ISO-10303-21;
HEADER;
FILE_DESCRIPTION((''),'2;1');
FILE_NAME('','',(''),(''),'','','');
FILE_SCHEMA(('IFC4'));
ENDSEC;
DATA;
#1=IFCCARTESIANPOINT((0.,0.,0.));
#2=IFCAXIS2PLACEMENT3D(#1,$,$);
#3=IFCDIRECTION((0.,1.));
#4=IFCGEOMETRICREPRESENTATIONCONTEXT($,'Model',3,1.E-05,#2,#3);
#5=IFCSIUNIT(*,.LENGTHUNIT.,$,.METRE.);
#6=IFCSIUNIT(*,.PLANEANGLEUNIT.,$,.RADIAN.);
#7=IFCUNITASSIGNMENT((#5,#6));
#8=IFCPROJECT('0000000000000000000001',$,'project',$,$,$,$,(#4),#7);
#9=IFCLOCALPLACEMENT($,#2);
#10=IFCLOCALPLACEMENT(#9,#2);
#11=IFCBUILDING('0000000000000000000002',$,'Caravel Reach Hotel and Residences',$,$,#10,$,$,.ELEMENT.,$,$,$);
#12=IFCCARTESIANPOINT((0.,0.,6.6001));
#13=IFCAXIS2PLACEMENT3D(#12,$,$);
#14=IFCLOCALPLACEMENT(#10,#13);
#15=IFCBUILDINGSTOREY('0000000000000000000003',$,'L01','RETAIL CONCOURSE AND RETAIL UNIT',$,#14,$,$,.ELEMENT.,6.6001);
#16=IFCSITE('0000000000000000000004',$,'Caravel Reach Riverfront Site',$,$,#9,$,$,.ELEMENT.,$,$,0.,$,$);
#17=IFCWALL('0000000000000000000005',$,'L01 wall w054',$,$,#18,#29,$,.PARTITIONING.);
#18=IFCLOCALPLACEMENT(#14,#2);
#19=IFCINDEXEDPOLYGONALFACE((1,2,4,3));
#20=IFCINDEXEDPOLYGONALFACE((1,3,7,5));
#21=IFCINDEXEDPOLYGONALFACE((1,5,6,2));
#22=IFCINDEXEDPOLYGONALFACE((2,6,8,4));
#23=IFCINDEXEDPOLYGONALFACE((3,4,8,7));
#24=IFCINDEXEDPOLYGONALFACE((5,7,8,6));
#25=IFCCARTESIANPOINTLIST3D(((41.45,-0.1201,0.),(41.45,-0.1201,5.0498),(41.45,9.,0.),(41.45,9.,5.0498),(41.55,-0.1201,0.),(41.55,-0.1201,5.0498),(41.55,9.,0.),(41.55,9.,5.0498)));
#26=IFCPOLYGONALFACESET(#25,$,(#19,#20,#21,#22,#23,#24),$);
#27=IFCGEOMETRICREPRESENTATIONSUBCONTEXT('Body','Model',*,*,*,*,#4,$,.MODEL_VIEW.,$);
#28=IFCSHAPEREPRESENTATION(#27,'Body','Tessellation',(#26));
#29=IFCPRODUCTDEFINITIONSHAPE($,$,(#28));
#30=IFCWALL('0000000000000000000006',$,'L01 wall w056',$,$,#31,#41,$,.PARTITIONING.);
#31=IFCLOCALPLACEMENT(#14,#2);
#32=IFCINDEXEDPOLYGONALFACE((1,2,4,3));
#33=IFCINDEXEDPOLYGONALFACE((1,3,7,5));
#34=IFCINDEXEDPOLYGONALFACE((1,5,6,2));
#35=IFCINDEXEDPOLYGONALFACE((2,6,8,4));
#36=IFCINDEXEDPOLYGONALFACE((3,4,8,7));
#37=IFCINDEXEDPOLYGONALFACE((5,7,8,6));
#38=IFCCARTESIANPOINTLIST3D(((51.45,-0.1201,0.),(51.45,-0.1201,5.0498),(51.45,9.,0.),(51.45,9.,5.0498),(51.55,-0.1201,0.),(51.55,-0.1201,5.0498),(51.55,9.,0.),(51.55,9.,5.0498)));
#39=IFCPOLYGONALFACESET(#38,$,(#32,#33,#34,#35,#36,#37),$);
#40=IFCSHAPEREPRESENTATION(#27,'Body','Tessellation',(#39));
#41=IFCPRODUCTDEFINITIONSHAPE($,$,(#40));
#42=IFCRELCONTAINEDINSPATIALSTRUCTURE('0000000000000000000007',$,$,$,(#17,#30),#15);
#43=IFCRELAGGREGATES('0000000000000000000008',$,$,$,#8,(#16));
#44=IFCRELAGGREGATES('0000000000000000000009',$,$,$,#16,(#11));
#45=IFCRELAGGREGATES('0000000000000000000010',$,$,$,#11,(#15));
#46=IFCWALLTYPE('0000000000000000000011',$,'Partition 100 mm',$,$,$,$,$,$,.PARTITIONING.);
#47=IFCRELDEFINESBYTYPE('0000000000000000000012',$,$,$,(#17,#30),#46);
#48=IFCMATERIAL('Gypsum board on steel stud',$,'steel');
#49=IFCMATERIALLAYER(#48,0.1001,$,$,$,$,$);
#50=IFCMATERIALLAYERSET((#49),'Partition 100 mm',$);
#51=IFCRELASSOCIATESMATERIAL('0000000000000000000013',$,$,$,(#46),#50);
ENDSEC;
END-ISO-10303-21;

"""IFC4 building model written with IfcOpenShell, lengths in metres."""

from ifc_helpers import new_model, si_unit, direction, frame, frame_2d, origin, place, context, subcontext, project, spatial, rectangle, extrude, material, layer, layer_set, type_object, element, save


model = new_model("IFC4")

# Units and contexts
model_context = context("Model", 3, precision=1e-05, world=origin(), true_north=direction((0.0, 1.0)))
body_context = subcontext(model_context, "Body", "Model", "MODEL_VIEW")
ifc_project = project(units=[si_unit("LENGTHUNIT", "METRE"), si_unit("PLANEANGLEUNIT", "RADIAN")], contexts=[model_context])

# Site, building, storey
site_placement = place(None, origin())
site = spatial("IfcSite", under=ifc_project, at=site_placement, Name="Caravel Reach Riverfront Site", CompositionType="ELEMENT", RefElevation=0.0)
building_placement = place(site_placement, origin())
building = spatial("IfcBuilding", under=site, at=building_placement, Name="Caravel Reach Hotel and Residences", CompositionType="ELEMENT")
storey_placement = place(building_placement, frame((0.0, 0.0, 6.6001)))
storey = spatial("IfcBuildingStorey", under=building, at=storey_placement, Name="L01", Description="RETAIL CONCOURSE AND RETAIL UNIT", CompositionType="ELEMENT", Elevation=6.6001)

# Walls
ifc_material_1 = material(Name="Gypsum board on steel stud", Category="steel")
ifc_layer_1 = layer(ifc_material_1, 0.1001)
ifc_layer_set_1 = layer_set([ifc_layer_1], Name="Partition 100 mm")
wall_type_1 = type_object("IfcWallType", Name="Partition 100 mm", PredefinedType="PARTITIONING", material=ifc_layer_set_1)
for number, where, z_axis, x_axis, name in (
    (1, (41.5, -0.1201, 0.0), (0.0, 0.0, 1.0), (0.0, 1.0, 0.0), "L01 wall w054"),
    (2, (51.5, -0.1201, 0.0), (0.0, 0.0, 1.0), (0.0, 1.0, 0.0), "L01 wall w056"),
):
    element("IfcWall", number, at=place(storey_placement, frame(where, z_axis=z_axis, x_axis=x_axis)), inside=storey, type_object=wall_type_1, Name=name, PredefinedType="PARTITIONING", context=body_context, shape_type="SweptSolid", body=[
        extrude(rectangle(XDim=9.1201, YDim=0.1001, at=frame_2d((4.5601, 0.0))), origin(), (0.0, 0.0, 1.0), 5.0498),
    ])

save(model, "model.ifc")
